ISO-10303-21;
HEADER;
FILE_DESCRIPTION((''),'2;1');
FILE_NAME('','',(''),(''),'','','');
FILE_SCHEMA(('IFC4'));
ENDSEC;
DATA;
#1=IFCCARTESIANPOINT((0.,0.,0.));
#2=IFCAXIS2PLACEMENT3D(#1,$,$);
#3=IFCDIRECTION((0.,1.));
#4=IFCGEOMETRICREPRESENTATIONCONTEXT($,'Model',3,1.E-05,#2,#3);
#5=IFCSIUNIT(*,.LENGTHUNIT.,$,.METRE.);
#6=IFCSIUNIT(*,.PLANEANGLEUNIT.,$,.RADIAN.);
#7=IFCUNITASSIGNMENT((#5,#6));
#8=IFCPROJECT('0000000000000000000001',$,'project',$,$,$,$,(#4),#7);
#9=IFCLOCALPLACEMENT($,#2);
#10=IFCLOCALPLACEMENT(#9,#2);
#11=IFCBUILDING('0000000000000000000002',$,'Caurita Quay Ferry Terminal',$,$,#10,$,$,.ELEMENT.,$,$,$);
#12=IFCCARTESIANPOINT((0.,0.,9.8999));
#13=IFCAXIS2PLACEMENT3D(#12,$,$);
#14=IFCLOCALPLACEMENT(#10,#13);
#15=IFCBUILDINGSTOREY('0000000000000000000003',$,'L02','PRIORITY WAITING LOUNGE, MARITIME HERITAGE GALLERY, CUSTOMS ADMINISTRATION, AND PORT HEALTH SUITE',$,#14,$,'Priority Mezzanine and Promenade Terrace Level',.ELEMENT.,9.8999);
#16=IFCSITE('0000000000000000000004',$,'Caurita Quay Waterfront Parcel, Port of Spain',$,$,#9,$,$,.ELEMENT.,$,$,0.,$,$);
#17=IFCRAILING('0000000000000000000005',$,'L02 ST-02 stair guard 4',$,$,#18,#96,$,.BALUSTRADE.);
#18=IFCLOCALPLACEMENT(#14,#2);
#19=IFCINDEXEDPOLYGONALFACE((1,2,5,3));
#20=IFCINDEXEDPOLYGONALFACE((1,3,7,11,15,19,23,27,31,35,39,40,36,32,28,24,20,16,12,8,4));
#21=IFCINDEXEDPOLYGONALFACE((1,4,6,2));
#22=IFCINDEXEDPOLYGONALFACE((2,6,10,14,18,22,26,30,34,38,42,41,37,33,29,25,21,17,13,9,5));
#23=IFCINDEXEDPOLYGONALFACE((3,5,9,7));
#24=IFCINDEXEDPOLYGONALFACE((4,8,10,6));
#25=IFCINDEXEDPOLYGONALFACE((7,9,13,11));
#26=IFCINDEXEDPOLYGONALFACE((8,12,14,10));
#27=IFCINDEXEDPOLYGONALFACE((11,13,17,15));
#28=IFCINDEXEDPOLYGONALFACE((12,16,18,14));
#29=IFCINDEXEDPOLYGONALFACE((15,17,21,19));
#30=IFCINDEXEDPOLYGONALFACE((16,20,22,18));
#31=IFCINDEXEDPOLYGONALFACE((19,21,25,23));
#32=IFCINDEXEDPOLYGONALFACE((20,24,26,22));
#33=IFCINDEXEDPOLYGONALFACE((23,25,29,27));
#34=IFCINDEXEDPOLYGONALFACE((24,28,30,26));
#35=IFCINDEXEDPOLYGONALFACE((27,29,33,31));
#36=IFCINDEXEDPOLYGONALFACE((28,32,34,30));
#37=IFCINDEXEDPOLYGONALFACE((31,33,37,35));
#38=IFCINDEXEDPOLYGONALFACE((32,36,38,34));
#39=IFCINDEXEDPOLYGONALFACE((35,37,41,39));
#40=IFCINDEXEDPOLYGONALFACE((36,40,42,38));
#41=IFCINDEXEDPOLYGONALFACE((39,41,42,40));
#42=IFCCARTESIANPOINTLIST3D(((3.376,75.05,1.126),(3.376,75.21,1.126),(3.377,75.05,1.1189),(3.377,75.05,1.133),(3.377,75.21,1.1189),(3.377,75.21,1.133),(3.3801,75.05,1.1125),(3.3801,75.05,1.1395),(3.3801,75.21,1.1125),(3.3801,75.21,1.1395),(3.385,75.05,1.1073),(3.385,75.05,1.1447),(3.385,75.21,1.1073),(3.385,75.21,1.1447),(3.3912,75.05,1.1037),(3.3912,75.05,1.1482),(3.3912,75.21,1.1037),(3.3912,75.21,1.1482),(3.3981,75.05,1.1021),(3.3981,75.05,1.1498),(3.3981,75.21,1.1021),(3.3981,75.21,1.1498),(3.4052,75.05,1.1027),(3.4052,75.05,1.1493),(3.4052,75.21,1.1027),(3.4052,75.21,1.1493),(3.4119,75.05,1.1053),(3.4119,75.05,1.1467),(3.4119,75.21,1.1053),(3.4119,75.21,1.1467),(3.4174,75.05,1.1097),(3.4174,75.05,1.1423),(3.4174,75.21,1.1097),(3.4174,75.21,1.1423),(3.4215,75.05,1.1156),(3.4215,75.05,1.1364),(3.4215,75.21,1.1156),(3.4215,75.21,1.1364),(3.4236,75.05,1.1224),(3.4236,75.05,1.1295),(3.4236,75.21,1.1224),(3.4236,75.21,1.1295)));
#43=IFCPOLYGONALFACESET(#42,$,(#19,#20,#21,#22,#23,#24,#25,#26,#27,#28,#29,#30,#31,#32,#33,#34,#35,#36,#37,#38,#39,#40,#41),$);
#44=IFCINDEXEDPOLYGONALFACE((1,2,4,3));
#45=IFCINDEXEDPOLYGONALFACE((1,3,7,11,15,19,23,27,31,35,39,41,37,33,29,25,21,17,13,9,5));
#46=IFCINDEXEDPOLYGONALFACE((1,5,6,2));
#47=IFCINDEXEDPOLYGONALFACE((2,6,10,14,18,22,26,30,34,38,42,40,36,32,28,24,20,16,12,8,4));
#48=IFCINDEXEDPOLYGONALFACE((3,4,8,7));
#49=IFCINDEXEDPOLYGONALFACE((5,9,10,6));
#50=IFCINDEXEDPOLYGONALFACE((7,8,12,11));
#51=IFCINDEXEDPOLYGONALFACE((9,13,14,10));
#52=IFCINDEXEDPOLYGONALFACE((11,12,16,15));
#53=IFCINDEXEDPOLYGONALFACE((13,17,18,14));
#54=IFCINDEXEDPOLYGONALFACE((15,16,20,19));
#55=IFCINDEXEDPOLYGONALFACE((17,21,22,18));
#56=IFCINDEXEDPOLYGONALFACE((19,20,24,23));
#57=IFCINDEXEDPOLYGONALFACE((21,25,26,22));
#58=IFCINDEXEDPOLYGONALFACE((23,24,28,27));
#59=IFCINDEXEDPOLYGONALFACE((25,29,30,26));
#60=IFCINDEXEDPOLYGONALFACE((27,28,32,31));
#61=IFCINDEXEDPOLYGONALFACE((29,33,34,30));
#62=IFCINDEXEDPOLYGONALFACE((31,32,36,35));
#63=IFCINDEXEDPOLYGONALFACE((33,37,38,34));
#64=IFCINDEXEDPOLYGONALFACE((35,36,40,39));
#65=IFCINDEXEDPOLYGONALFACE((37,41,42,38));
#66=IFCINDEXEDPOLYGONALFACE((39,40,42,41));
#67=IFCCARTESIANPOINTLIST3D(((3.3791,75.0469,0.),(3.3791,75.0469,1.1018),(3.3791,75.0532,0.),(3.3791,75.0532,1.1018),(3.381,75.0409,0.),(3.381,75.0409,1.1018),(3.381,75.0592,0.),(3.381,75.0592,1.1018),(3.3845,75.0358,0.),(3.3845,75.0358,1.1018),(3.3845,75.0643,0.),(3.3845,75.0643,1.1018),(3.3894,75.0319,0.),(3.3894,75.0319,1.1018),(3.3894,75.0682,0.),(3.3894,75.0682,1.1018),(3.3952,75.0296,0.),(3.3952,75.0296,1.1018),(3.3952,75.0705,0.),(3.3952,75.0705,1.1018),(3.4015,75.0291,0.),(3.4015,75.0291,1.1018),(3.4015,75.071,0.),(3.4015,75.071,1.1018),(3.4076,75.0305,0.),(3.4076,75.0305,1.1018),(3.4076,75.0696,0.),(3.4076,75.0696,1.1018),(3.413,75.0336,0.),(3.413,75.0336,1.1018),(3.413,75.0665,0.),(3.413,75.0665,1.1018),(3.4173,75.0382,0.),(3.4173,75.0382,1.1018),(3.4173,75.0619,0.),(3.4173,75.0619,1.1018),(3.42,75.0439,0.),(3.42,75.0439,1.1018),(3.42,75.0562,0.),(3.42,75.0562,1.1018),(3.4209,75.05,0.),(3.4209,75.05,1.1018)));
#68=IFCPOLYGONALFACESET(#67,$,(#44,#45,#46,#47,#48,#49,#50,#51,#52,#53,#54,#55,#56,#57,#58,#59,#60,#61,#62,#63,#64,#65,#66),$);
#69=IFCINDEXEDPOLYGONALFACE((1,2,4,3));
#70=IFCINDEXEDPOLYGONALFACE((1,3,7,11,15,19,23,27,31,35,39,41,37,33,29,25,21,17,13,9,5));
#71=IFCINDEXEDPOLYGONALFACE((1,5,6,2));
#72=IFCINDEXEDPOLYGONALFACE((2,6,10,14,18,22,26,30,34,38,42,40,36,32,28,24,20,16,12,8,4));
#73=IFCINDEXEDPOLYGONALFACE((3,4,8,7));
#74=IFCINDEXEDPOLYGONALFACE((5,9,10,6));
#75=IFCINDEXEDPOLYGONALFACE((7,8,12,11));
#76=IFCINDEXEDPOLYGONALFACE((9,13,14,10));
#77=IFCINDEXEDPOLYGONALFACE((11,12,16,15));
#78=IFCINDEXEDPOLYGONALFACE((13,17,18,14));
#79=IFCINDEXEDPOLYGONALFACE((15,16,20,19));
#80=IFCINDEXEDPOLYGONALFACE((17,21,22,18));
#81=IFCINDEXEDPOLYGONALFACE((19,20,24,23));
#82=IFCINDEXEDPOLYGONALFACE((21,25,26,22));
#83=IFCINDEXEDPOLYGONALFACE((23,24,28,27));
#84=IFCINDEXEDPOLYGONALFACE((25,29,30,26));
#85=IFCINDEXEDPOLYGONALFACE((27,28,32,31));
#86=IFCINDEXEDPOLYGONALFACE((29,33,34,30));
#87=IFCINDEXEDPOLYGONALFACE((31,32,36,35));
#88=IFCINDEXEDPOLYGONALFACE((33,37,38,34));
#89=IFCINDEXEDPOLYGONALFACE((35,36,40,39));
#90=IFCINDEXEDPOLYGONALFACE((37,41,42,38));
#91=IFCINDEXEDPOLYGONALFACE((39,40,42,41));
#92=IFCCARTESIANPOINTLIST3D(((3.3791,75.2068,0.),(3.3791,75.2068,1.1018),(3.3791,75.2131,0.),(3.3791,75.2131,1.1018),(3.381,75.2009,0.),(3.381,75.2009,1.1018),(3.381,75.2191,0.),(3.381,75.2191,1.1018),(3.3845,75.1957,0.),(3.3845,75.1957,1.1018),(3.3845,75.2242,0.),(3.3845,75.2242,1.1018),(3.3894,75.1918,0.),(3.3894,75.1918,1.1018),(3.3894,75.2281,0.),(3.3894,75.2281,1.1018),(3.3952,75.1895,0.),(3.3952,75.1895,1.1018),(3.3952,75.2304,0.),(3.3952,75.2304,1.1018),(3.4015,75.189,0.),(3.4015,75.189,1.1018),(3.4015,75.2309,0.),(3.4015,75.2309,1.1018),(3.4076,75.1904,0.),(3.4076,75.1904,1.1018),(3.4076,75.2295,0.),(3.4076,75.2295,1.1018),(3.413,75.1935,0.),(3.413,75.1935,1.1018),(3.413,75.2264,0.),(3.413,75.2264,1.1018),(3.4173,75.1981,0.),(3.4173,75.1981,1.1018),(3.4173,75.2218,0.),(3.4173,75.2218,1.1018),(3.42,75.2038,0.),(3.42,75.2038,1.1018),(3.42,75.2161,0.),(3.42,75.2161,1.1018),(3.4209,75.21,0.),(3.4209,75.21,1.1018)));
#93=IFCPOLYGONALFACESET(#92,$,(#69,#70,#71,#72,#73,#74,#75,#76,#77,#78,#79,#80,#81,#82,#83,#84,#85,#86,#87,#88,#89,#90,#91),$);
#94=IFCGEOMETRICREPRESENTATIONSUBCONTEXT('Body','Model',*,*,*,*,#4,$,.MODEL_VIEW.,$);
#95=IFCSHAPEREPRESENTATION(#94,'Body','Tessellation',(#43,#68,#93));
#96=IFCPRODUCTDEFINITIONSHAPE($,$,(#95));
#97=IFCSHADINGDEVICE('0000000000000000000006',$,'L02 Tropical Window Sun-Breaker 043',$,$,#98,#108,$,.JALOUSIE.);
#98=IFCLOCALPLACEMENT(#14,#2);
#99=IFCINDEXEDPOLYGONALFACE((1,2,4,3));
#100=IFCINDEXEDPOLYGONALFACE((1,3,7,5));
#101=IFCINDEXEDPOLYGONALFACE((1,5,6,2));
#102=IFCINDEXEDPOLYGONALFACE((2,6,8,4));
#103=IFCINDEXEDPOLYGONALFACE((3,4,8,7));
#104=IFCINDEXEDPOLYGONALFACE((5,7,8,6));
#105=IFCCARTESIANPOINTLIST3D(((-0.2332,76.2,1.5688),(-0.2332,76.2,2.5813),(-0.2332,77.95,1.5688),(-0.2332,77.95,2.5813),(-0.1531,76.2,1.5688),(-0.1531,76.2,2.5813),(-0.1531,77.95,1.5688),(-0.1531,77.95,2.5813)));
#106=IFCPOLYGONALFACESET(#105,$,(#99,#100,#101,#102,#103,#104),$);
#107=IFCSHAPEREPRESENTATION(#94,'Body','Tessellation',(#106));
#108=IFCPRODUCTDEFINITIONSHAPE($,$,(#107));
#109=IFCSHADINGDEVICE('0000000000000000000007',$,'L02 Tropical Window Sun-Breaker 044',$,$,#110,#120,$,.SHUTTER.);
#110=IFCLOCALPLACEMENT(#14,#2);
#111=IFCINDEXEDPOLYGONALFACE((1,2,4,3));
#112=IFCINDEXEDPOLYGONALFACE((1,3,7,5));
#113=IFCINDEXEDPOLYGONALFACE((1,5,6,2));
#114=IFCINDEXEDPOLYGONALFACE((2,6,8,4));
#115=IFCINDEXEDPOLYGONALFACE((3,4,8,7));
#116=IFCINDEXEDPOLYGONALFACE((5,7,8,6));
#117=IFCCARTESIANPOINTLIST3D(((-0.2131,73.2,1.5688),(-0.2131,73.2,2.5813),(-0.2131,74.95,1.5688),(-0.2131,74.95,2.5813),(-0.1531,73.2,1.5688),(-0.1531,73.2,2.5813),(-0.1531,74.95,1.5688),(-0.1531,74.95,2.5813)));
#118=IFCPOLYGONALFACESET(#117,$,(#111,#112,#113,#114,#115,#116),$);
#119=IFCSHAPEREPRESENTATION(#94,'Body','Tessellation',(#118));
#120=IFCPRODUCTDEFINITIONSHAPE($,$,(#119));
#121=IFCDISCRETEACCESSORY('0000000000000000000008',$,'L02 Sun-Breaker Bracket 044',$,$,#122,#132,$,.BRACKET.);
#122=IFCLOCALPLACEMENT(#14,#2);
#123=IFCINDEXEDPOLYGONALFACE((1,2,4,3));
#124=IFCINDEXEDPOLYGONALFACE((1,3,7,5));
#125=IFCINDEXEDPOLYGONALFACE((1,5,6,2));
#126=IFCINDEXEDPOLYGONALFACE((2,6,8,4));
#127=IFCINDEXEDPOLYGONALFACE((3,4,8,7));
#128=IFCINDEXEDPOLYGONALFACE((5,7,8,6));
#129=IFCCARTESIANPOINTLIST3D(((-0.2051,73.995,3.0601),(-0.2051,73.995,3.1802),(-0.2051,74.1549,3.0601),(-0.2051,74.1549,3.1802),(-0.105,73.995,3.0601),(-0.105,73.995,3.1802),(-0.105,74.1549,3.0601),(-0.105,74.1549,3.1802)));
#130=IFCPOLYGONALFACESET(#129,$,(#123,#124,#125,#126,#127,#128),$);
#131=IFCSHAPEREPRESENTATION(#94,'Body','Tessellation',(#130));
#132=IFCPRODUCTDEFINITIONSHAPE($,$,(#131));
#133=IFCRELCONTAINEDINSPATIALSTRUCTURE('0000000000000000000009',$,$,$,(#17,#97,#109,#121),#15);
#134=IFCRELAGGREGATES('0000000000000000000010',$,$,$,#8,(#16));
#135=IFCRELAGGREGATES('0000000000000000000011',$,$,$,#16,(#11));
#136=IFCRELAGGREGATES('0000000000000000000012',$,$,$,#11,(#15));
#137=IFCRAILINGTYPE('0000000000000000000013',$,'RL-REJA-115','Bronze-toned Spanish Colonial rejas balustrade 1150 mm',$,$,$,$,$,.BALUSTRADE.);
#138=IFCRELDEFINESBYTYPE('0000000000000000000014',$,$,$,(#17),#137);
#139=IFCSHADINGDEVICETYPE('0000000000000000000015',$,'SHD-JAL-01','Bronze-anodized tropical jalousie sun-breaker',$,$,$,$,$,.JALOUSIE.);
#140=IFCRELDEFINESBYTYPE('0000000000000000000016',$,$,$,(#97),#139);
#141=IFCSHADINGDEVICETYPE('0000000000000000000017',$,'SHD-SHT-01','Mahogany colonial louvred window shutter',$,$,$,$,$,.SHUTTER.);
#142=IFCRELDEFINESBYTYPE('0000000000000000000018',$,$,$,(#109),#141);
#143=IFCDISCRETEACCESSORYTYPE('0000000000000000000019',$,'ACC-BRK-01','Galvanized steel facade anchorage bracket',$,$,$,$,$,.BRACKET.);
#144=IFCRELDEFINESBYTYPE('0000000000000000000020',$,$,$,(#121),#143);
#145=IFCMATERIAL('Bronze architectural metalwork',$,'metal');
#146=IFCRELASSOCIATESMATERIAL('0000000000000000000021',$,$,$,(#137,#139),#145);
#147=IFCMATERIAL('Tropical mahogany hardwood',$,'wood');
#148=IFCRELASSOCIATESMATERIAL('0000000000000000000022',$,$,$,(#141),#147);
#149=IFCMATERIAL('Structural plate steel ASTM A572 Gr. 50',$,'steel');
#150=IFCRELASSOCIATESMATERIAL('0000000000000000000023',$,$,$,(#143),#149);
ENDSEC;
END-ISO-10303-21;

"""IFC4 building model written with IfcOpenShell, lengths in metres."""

from ifc_helpers import new_model, si_unit, direction, frame, origin, origin_2d, place, context, subcontext, project, spatial, rectangle, circle, extrude, material, type_object, element, save


model = new_model("IFC4")

# Units and contexts
model_context = context("Model", 3, precision=1e-05, world=origin(), true_north=direction((0.0, 1.0)))
body_context = subcontext(model_context, "Body", "Model", "MODEL_VIEW")
ifc_project = project(units=[si_unit("LENGTHUNIT", "METRE"), si_unit("PLANEANGLEUNIT", "RADIAN")], contexts=[model_context])

# Site, building, storey
site_placement = place(None, origin())
site = spatial("IfcSite", under=ifc_project, at=site_placement, Name="Caurita Quay Waterfront Parcel, Port of Spain", CompositionType="ELEMENT", RefElevation=0.0)
building_placement = place(site_placement, origin())
building = spatial("IfcBuilding", under=site, at=building_placement, Name="Caurita Quay Ferry Terminal", CompositionType="ELEMENT")
storey_placement = place(building_placement, frame((0.0, 0.0, 9.8999)))
storey = spatial("IfcBuildingStorey", under=building, at=storey_placement, Name="L02", Description="PRIORITY WAITING LOUNGE, MARITIME HERITAGE GALLERY, CUSTOMS ADMINISTRATION, AND PORT HEALTH SUITE", LongName="Priority Mezzanine and Promenade Terrace Level", CompositionType="ELEMENT", Elevation=9.8999)

# Railing
ifc_material_1 = material(Name="Bronze architectural metalwork", Category="metal")
railing_type_1 = type_object("IfcRailingType", Name="RL-REJA-115", Description="Bronze-toned Spanish Colonial rejas balustrade 1150 mm", PredefinedType="BALUSTRADE", material=ifc_material_1)
railing_1_placement = place(storey_placement, frame((3.3999, 75.05, 0.0)))
element("IfcRailing", 1, at=railing_1_placement, inside=storey, type_object=railing_type_1, Name="L02 ST-02 stair guard 4", PredefinedType="BALUSTRADE", context=body_context, shape_type="SweptSolid", body=[
    extrude(circle(Radius=0.0239, at=origin_2d()), frame((0.0, 0.0, 1.126), z_axis=(0.0, 1.0, 0.0), x_axis=(-1.0, 0.0, 0.0)), (0.0, 0.0, 1.0), 0.1599),
    extrude(circle(Radius=0.021, at=origin_2d()), origin(), (0.0, 0.0, 1.0), 1.1018),
    extrude(circle(Radius=0.021, at=origin_2d()), frame((0.0, 0.1599, 0.0)), (0.0, 0.0, 1.0), 1.1018),
])

# Shading devices
shading_device_type_1 = type_object("IfcShadingDeviceType", Name="SHD-JAL-01", Description="Bronze-anodized tropical jalousie sun-breaker", PredefinedType="JALOUSIE", material=ifc_material_1)
shading_device_1_placement = place(storey_placement, frame((-0.1931, 77.075, 1.5688), z_axis=(0.0, 0.0, 1.0), x_axis=(0.0, -1.0, 0.0)))
element("IfcShadingDevice", 2, at=shading_device_1_placement, inside=storey, type_object=shading_device_type_1, Name="L02 Tropical Window Sun-Breaker 043", PredefinedType="JALOUSIE", context=body_context, shape_type="SweptSolid", body=[
    extrude(rectangle(XDim=1.75, YDim=0.0801, at=origin_2d()), origin(), (0.0, 0.0, 1.0), 1.0125),
])
ifc_material_2 = material(Name="Tropical mahogany hardwood", Category="wood")
shading_device_type_2 = type_object("IfcShadingDeviceType", Name="SHD-SHT-01", Description="Mahogany colonial louvred window shutter", PredefinedType="SHUTTER", material=ifc_material_2)
shading_device_2_placement = place(storey_placement, frame((-0.1831, 74.075, 1.5688), z_axis=(0.0, 0.0, 1.0), x_axis=(0.0, -1.0, 0.0)))
element("IfcShadingDevice", 3, at=shading_device_2_placement, inside=storey, type_object=shading_device_type_2, Name="L02 Tropical Window Sun-Breaker 044", PredefinedType="SHUTTER", context=body_context, shape_type="SweptSolid", body=[
    extrude(rectangle(XDim=1.75, YDim=0.0601, at=origin_2d()), origin(), (0.0, 0.0, 1.0), 1.0125),
])

# Discrete accessory
ifc_material_3 = material(Name="Structural plate steel ASTM A572 Gr. 50", Category="steel")
discrete_accessory_type = type_object("IfcDiscreteAccessoryType", Name="ACC-BRK-01", Description="Galvanized steel facade anchorage bracket", PredefinedType="BRACKET", material=ifc_material_3)
discrete_accessory_placement = place(storey_placement, frame((-0.155, 74.075, 3.0601), z_axis=(0.0, 0.0, 1.0), x_axis=(0.0, -1.0, 0.0)))
element("IfcDiscreteAccessory", 4, at=discrete_accessory_placement, inside=storey, type_object=discrete_accessory_type, Name="L02 Sun-Breaker Bracket 044", PredefinedType="BRACKET", context=body_context, shape_type="SweptSolid", body=[
    extrude(rectangle(XDim=0.1599, YDim=0.1001, at=origin_2d()), origin(), (0.0, 0.0, 1.0), 0.1201),
])

save(model, "model.ifc")
